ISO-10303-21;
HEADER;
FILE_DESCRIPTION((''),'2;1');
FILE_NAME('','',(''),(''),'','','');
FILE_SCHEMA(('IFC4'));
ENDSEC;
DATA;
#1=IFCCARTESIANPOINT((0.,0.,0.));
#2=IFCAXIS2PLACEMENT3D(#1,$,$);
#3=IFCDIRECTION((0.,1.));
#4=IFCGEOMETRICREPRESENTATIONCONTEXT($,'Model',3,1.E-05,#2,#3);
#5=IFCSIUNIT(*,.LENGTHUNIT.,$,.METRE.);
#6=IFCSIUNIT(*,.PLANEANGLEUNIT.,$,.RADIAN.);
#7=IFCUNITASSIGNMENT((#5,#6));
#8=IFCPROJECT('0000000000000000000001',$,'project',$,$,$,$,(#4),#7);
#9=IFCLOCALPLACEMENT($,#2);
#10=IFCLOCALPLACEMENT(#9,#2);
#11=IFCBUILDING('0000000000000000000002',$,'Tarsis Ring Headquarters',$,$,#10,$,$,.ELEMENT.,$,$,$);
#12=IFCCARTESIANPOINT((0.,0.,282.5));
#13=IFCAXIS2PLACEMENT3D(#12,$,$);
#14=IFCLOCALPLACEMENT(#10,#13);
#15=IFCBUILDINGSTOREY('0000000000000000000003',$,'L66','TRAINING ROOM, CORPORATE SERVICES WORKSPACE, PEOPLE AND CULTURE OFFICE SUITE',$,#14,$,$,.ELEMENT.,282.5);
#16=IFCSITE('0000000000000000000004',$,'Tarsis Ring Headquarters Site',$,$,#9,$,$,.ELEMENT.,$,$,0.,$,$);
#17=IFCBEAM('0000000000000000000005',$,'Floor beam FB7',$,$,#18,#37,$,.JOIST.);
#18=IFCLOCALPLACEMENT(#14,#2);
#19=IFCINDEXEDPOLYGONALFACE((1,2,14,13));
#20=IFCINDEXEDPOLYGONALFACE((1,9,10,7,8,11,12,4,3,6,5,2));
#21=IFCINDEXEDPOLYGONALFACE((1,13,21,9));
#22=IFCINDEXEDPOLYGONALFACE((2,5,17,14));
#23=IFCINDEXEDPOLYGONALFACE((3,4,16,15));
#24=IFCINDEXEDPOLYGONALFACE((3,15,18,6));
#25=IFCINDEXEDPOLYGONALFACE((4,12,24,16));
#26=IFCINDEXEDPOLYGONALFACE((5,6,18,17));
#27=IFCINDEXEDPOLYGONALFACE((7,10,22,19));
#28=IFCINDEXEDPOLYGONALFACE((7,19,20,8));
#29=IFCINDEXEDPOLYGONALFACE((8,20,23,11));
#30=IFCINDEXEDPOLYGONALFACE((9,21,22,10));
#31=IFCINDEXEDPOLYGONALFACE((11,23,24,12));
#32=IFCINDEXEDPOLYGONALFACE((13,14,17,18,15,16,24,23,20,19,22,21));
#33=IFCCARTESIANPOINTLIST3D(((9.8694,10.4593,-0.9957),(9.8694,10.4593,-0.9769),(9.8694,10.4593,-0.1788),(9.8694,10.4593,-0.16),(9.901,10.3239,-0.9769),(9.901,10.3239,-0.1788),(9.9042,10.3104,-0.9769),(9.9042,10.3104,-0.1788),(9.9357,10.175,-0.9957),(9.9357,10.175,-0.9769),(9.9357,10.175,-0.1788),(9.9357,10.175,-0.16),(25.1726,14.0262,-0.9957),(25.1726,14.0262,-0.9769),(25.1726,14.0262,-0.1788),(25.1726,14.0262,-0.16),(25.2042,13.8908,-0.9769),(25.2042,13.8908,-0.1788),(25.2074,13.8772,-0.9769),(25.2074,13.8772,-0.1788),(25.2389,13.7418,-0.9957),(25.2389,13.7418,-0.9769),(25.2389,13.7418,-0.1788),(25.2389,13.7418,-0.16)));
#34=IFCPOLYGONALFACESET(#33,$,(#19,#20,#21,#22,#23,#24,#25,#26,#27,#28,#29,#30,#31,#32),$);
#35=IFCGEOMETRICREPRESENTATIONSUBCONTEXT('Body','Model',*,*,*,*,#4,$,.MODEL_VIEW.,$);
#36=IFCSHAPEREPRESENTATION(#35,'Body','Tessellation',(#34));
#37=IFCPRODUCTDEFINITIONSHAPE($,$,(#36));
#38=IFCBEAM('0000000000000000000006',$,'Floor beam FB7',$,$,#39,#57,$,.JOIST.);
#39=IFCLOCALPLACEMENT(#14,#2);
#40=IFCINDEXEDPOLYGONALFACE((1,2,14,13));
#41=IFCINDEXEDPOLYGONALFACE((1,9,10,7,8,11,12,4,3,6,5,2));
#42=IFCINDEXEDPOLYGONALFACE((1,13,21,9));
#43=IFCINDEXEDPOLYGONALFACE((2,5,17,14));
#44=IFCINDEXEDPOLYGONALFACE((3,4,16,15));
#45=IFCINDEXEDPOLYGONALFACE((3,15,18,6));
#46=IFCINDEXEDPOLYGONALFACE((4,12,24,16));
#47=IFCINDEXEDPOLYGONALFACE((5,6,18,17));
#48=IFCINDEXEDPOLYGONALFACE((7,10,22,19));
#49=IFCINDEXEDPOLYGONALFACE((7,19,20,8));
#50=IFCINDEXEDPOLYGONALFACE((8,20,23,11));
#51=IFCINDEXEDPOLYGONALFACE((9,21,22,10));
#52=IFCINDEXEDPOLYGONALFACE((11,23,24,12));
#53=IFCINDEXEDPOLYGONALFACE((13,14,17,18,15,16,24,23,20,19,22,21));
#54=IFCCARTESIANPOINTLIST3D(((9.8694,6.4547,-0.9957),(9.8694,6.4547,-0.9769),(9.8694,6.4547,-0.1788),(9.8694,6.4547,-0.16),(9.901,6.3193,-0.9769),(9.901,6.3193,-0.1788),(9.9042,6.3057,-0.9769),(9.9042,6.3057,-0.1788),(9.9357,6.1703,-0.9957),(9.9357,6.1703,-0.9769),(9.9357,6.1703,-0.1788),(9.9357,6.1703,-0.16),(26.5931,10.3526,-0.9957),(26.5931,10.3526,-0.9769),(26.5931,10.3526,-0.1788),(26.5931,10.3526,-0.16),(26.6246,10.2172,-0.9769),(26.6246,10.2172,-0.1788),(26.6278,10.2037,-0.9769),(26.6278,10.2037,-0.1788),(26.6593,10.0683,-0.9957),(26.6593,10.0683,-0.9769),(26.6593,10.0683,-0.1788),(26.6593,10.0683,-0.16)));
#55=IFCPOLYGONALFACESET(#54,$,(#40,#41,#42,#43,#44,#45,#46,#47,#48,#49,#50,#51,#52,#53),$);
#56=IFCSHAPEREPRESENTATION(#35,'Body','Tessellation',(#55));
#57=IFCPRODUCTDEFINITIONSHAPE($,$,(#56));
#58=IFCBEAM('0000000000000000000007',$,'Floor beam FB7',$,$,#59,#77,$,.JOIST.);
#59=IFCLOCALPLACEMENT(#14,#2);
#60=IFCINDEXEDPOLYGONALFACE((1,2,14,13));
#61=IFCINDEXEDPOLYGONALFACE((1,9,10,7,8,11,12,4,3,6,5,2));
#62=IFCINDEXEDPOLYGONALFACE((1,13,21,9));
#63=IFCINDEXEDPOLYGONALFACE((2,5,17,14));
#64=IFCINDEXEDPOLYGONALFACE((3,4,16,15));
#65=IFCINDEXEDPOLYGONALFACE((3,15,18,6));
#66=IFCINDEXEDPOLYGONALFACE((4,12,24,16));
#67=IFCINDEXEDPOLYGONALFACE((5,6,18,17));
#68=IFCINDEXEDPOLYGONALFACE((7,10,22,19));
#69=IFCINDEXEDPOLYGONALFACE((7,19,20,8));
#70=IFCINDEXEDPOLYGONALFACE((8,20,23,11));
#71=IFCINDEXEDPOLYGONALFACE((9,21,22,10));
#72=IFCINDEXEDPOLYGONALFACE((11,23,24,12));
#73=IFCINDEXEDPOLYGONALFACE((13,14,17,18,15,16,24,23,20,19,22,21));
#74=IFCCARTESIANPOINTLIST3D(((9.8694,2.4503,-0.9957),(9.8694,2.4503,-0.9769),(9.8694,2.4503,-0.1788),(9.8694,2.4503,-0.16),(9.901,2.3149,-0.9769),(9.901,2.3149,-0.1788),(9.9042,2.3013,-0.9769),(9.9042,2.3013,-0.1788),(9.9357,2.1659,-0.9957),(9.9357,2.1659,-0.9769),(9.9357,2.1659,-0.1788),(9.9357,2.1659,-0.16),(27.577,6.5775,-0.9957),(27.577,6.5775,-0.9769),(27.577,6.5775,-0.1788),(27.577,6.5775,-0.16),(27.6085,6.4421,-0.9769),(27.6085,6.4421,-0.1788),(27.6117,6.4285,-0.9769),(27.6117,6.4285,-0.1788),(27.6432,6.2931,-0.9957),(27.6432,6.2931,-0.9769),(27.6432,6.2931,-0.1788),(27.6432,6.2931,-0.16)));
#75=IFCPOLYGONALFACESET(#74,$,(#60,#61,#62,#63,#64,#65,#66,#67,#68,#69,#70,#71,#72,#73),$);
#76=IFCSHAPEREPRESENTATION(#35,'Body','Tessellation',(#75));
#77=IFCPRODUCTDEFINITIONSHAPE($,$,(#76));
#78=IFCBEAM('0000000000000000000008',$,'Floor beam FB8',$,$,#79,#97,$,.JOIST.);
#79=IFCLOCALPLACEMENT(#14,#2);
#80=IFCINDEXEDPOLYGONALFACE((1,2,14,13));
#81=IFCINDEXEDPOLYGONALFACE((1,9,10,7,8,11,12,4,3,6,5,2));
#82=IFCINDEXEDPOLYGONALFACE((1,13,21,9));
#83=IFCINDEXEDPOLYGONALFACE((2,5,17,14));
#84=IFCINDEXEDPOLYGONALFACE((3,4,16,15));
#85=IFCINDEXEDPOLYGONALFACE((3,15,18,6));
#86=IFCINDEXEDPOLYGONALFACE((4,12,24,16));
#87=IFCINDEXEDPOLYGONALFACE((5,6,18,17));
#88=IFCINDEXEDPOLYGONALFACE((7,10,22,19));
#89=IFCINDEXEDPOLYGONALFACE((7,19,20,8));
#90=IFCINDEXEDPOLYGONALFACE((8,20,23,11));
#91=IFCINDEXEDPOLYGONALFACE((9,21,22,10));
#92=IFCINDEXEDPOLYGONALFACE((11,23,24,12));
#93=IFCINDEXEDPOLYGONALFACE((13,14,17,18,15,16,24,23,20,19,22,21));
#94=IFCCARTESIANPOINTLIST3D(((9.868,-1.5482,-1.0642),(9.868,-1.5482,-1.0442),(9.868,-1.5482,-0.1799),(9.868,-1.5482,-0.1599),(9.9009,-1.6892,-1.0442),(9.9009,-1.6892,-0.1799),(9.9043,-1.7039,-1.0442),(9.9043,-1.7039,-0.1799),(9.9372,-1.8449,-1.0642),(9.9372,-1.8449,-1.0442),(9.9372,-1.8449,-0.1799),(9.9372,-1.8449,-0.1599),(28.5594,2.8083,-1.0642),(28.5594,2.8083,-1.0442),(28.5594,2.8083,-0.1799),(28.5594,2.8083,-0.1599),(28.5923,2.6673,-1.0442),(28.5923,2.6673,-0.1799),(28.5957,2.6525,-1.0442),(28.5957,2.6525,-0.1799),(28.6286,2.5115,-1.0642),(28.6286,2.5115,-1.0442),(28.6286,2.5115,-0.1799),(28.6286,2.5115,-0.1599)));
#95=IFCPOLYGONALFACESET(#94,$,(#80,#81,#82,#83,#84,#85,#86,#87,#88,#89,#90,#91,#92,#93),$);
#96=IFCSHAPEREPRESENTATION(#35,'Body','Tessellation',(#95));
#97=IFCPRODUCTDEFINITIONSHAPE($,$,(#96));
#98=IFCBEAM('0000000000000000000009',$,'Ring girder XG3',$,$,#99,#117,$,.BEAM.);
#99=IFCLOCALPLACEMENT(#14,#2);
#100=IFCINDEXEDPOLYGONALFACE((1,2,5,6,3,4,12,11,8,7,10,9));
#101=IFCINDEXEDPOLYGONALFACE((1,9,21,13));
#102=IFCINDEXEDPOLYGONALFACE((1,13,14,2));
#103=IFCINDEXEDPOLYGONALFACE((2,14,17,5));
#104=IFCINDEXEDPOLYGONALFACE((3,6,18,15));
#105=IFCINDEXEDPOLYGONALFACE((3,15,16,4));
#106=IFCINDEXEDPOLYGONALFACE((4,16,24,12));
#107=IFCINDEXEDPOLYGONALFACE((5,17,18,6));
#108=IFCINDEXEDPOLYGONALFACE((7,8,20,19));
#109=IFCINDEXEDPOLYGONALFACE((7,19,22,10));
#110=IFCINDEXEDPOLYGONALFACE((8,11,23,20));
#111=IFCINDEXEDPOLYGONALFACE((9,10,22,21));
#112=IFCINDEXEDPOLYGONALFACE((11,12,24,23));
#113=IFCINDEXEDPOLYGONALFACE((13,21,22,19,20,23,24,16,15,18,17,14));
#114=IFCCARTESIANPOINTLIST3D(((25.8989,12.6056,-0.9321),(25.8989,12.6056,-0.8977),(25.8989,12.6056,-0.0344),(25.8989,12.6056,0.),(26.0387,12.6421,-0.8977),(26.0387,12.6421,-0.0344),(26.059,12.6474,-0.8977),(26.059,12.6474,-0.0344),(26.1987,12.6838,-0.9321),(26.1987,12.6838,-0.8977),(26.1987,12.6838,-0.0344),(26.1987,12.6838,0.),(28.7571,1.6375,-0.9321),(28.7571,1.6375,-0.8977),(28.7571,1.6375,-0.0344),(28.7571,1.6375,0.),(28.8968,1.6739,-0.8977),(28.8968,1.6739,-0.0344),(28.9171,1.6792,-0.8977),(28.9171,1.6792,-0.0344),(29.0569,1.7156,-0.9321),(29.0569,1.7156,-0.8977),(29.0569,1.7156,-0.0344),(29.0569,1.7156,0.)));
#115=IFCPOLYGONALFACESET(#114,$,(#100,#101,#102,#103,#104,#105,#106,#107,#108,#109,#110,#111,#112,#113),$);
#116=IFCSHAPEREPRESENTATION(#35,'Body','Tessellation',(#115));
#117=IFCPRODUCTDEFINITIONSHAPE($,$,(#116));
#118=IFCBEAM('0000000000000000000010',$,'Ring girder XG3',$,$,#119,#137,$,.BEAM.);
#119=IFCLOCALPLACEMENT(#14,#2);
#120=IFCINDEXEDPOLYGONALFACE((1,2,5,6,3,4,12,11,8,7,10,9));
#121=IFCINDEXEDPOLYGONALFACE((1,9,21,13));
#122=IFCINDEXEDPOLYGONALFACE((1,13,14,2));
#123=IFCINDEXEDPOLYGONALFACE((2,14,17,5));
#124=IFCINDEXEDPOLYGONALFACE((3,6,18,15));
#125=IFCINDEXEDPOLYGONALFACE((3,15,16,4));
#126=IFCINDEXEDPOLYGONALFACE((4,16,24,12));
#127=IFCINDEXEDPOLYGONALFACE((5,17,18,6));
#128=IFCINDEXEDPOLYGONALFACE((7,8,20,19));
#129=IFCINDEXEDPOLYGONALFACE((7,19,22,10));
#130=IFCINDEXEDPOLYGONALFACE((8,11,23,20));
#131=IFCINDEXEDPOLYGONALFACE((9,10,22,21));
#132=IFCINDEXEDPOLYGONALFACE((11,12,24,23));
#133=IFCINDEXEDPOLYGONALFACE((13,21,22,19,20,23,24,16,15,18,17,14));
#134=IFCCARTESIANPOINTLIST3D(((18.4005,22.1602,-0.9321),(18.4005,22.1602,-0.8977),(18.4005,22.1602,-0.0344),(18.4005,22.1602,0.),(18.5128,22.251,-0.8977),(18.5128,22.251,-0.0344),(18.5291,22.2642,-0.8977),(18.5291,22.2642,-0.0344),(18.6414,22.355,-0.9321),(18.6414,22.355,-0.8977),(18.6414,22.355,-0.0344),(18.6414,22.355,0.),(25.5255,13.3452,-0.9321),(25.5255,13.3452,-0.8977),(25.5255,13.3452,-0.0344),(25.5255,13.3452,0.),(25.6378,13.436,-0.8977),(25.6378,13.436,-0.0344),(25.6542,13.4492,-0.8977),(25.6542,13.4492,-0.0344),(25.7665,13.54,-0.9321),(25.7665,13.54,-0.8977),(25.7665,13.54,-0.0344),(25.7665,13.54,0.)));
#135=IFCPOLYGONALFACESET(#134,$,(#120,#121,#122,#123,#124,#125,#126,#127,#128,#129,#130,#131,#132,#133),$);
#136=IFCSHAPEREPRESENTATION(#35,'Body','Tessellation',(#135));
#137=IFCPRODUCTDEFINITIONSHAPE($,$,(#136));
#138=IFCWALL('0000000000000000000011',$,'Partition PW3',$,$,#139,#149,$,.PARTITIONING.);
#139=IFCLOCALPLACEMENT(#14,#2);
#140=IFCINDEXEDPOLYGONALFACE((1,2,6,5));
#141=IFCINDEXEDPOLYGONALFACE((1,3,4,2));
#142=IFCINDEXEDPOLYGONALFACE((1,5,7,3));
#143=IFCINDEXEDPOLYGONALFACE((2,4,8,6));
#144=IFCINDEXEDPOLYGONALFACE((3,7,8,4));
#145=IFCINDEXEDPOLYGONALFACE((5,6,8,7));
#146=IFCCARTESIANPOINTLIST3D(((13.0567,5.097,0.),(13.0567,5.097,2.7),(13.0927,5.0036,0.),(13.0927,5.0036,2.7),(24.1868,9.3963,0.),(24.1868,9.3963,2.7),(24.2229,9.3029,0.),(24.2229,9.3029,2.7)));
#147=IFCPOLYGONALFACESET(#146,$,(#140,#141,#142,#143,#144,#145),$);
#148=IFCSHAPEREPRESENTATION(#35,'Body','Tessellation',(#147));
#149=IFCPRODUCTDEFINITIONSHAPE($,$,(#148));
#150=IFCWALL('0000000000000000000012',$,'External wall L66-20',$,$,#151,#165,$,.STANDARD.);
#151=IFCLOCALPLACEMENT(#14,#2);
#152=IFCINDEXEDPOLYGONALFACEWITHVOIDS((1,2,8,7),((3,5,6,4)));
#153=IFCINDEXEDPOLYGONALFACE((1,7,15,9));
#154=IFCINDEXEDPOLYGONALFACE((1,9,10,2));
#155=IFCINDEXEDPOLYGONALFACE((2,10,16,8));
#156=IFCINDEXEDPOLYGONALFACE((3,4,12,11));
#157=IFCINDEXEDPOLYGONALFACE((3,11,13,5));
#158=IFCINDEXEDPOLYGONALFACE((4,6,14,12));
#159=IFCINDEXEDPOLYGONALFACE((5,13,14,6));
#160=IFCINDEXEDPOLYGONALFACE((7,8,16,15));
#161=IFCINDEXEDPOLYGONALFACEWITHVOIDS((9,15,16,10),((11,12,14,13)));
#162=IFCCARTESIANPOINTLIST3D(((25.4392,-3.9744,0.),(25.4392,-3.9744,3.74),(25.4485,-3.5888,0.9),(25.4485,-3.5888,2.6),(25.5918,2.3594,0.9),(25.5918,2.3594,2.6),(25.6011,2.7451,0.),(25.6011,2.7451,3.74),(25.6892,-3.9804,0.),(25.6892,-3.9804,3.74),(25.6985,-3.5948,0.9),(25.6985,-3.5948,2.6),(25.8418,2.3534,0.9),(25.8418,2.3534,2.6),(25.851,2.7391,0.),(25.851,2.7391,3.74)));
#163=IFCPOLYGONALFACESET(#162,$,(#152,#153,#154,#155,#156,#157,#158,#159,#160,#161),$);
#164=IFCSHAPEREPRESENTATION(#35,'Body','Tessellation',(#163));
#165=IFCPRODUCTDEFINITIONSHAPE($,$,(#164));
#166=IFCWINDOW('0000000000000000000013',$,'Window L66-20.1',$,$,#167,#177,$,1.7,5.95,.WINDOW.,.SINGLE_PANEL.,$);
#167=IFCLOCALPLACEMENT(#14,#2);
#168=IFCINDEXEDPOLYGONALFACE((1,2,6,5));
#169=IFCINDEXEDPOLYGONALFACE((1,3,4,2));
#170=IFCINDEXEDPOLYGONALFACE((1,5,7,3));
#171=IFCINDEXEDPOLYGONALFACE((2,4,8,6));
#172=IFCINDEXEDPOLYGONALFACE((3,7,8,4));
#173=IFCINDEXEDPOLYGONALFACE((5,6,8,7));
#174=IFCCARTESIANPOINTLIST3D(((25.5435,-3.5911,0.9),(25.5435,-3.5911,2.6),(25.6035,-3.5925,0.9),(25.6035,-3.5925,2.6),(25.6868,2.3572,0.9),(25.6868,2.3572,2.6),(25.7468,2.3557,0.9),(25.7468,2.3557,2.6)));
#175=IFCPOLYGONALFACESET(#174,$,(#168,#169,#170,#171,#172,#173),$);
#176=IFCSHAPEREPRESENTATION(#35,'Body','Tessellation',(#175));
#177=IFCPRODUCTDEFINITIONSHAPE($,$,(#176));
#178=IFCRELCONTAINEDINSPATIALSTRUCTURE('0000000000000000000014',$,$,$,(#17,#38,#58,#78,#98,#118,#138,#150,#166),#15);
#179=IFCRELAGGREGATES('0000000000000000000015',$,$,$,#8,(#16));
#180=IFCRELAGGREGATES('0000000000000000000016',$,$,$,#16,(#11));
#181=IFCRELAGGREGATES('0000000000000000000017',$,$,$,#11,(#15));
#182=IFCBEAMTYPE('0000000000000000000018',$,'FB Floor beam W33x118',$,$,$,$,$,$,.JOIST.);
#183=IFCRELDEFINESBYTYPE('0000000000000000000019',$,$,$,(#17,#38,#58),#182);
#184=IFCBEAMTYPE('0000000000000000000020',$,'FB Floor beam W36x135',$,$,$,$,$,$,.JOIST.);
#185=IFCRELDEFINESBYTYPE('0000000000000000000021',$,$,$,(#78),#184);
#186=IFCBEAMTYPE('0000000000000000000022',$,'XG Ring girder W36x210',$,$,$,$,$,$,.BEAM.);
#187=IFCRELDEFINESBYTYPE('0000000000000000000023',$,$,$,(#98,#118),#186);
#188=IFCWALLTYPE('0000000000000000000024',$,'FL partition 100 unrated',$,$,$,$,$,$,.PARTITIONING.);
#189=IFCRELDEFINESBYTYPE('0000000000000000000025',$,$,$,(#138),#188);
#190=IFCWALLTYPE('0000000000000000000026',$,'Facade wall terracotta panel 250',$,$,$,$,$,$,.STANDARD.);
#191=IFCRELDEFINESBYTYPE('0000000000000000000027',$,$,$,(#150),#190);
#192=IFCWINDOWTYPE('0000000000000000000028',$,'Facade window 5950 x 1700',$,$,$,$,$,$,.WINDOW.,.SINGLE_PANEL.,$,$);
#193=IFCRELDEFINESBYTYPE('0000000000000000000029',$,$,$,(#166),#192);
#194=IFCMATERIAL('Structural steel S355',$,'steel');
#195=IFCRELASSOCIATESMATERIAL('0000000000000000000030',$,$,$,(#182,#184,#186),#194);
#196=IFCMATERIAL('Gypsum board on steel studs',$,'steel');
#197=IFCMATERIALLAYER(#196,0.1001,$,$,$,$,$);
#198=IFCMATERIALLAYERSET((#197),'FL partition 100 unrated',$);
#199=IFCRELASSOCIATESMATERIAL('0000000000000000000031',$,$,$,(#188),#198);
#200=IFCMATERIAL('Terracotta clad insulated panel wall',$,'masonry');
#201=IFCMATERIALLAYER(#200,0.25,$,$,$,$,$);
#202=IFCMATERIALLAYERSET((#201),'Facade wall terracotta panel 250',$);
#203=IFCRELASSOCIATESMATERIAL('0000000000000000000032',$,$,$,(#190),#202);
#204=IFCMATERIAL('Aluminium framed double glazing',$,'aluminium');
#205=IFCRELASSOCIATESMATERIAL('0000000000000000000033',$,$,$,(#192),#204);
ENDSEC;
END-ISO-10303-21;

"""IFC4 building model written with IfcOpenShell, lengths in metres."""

from ifc_helpers import new_model, si_unit, direction, frame, frame_2d, origin, origin_2d, place, context, subcontext, project, spatial, rectangle, i_section, extrude, material, layer, layer_set, material_profile, profile_set, type_object, element, fill, save


model = new_model("IFC4")

# Units and contexts
model_context = context("Model", 3, precision=1e-05, world=origin(), true_north=direction((0.0, 1.0)))
body_context = subcontext(model_context, "Body", "Model", "MODEL_VIEW")
ifc_project = project(units=[si_unit("LENGTHUNIT", "METRE"), si_unit("PLANEANGLEUNIT", "RADIAN")], contexts=[model_context])

# Site, building, storey
site_placement = place(None, origin())
site = spatial("IfcSite", under=ifc_project, at=site_placement, Name="Tarsis Ring Headquarters Site", CompositionType="ELEMENT", RefElevation=0.0)
building_placement = place(site_placement, origin())
building = spatial("IfcBuilding", under=site, at=building_placement, Name="Tarsis Ring Headquarters", CompositionType="ELEMENT")
storey_placement = place(building_placement, frame((0.0, 0.0, 282.5)))
storey = spatial("IfcBuildingStorey", under=building, at=storey_placement, Name="L66", Description="TRAINING ROOM, CORPORATE SERVICES WORKSPACE, PEOPLE AND CULTURE OFFICE SUITE", CompositionType="ELEMENT", Elevation=282.5)

# Shared definitions
ifc_material_1 = material(Name="Structural steel S355", Category="steel")

# Beams
ifc_material_profile_1 = material_profile(ifc_material_1, i_section(OverallWidth=0.292, OverallDepth=0.8357, WebThickness=0.0139, FlangeThickness=0.0188, at=origin_2d()), Name="W33x118")
ifc_profile_set_1 = profile_set([ifc_material_profile_1], Name="Structural steel S355")
beam_type_1 = type_object("IfcBeamType", Name="FB Floor beam W33x118", PredefinedType="JOIST", material=ifc_profile_set_1)
beam_1_placement = place(storey_placement, frame((9.9026, 10.3171, -0.5779), z_axis=(0.973896, 0.226997, 0.0), x_axis=(-0.226997, 0.973896, 0.0)))
element("IfcBeam", 1, at=beam_1_placement, inside=storey, type_object=beam_type_1, Name="Floor beam FB7", PredefinedType="JOIST", context=body_context, shape_type="SweptSolid", body=[
    extrude(i_section(OverallWidth=0.292, OverallDepth=0.8357, WebThickness=0.0139, FlangeThickness=0.0188, at=origin_2d()), origin(), (0.0, 0.0, 1.0), 15.7134),
])
beam_2_placement = place(storey_placement, frame((9.9026, 6.3125, -0.5779), z_axis=(0.973896, 0.226996, 0.0), x_axis=(-0.226996, 0.973896, 0.0)))
element("IfcBeam", 2, at=beam_2_placement, inside=storey, type_object=beam_type_1, Name="Floor beam FB7", PredefinedType="JOIST", context=body_context, shape_type="SweptSolid", body=[
    extrude(i_section(OverallWidth=0.292, OverallDepth=0.8357, WebThickness=0.0139, FlangeThickness=0.0188, at=origin_2d()), origin(), (0.0, 0.0, 1.0), 17.1719),
])
beam_3_placement = place(storey_placement, frame((9.9026, 2.3081, -0.5779), z_axis=(0.973897, 0.226992, 0.0), x_axis=(-0.226992, 0.973897, 0.0)))
element("IfcBeam", 3, at=beam_3_placement, inside=storey, type_object=beam_type_1, Name="Floor beam FB7", PredefinedType="JOIST", context=body_context, shape_type="SweptSolid", body=[
    extrude(i_section(OverallWidth=0.292, OverallDepth=0.8357, WebThickness=0.0139, FlangeThickness=0.0188, at=origin_2d()), origin(), (0.0, 0.0, 1.0), 18.1821),
])
ifc_material_profile_2 = material_profile(ifc_material_1, i_section(OverallWidth=0.3047, OverallDepth=0.9043, WebThickness=0.0151, FlangeThickness=0.02, at=origin_2d()), Name="W36x135")
ifc_profile_set_2 = profile_set([ifc_material_profile_2], Name="Structural steel S355")
beam_type_2 = type_object("IfcBeamType", Name="FB Floor beam W36x135", PredefinedType="JOIST", material=ifc_profile_set_2)
beam_4_placement = place(storey_placement, frame((9.9026, -1.6965, -0.6121), z_axis=(0.973897, 0.226988, 0.0), x_axis=(-0.226988, 0.973897, 0.0)))
element("IfcBeam", 4, at=beam_4_placement, inside=storey, type_object=beam_type_2, Name="Floor beam FB8", PredefinedType="JOIST", context=body_context, shape_type="SweptSolid", body=[
    extrude(i_section(OverallWidth=0.3047, OverallDepth=0.9043, WebThickness=0.0151, FlangeThickness=0.02, at=origin_2d()), origin(), (0.0, 0.0, 1.0), 19.1924),
])
ifc_material_profile_3 = material_profile(ifc_material_1, i_section(OverallWidth=0.3098, OverallDepth=0.9321, WebThickness=0.021, FlangeThickness=0.0344, at=origin_2d()), Name="W36x210")
ifc_profile_set_3 = profile_set([ifc_material_profile_3], Name="Structural steel S355")
beam_type_3 = type_object("IfcBeamType", Name="XG Ring girder W36x210", PredefinedType="BEAM", material=ifc_profile_set_3)
for number, where, z_axis, x_axis, name in (
    (5, (28.907, 1.6765, -0.4661), (-0.252163, 0.967685, 0.0), (-0.967685, -0.252163, 0.0), "Ring girder XG3"),
    (6, (25.646, 13.4426, -0.4661), (-0.628617, 0.777715, 0.0), (-0.777715, -0.628617, 0.0), "Ring girder XG3"),
):
    element("IfcBeam", number, at=place(storey_placement, frame(where, z_axis=z_axis, x_axis=x_axis)), inside=storey, type_object=beam_type_3, Name=name, PredefinedType="BEAM", context=body_context, shape_type="SweptSolid", body=[
        extrude(i_section(OverallWidth=0.3098, OverallDepth=0.9321, WebThickness=0.021, FlangeThickness=0.0344, at=origin_2d()), origin(), (0.0, 0.0, 1.0), 11.3345),
    ])

# Wall
ifc_material_2 = material(Name="Gypsum board on steel studs", Category="steel")
ifc_layer_1 = layer(ifc_material_2, 0.1001)
ifc_layer_set_1 = layer_set([ifc_layer_1], Name="FL partition 100 unrated")
wall_type_1 = type_object("IfcWallType", Name="FL partition 100 unrated", PredefinedType="PARTITIONING", material=ifc_layer_set_1)
wall_1_placement = place(storey_placement, frame((13.0747, 5.0503, 0.0), z_axis=(0.0, 0.0, 1.0), x_axis=(0.932825, 0.360329, 0.0)))
element("IfcWall", 7, at=wall_1_placement, inside=storey, type_object=wall_type_1, Name="Partition PW3", PredefinedType="PARTITIONING", context=body_context, shape_type="SweptSolid", body=[
    extrude(rectangle(XDim=11.9316, YDim=0.1001, at=frame_2d((5.9658, 0.0))), origin(), (0.0, 0.0, 1.0), 2.7),
])

# Wall, opening, window
ifc_material_3 = material(Name="Terracotta clad insulated panel wall", Category="masonry")
ifc_layer_2 = layer(ifc_material_3, 0.25)
ifc_layer_set_2 = layer_set([ifc_layer_2], Name="Facade wall terracotta panel 250")
wall_type_2 = type_object("IfcWallType", Name="Facade wall terracotta panel 250", PredefinedType="STANDARD", material=ifc_layer_set_2)
wall_2_placement = place(storey_placement, frame((25.5642, -3.9775, 0.0), z_axis=(0.0, 0.0, 1.0), x_axis=(0.024082, 0.99971, 0.0)))
wall_2 = element("IfcWall", 8, at=wall_2_placement, inside=storey, type_object=wall_type_2, Name="External wall L66-20", PredefinedType="STANDARD", context=body_context, shape_type="SweptSolid", body=[
    extrude(rectangle(XDim=6.7214, YDim=0.25, at=frame_2d((3.3608, 0.0))), origin(), (0.0, 0.0, 1.0), 3.74),
])
opening_1_placement = place(wall_2_placement, frame((0.3857, 0.0, 0.8999)))
opening_1 = element("IfcOpeningElement", 9, at=opening_1_placement, cuts=wall_2, PredefinedType="OPENING", context=body_context, shape_type="SweptSolid", body=[
    extrude(rectangle(XDim=5.95, YDim=1.7, at=frame_2d((2.9751, 0.8501))), frame((0.0, 0.135, 0.0), z_axis=(0.0, -1.0, 0.0), x_axis=(1.0, 0.0, 0.0)), (0.0, 0.0, 1.0), 0.27),
])
ifc_material_4 = material(Name="Aluminium framed double glazing", Category="aluminium")
window_type = type_object("IfcWindowType", Name="Facade window 5950 x 1700", PartitioningType="SINGLE_PANEL", PredefinedType="WINDOW", material=ifc_material_4)
window_1_placement = place(opening_1_placement, origin())
window_1 = element("IfcWindow", 10, at=window_1_placement, inside=storey, type_object=window_type, Name="Window L66-20.1", OverallHeight=1.7, OverallWidth=5.95, PartitioningType="SINGLE_PANEL", PredefinedType="WINDOW", context=body_context, shape_type="SweptSolid", body=[
    extrude(rectangle(XDim=5.95, YDim=1.7, at=frame_2d((2.9751, 0.8501))), frame((0.0, 0.03, 0.0), z_axis=(0.0, -1.0, 0.0), x_axis=(1.0, 0.0, 0.0)), (0.0, 0.0, 1.0), 0.0601),
])
fill(opening_1, window_1)

save(model, "model.ifc")
